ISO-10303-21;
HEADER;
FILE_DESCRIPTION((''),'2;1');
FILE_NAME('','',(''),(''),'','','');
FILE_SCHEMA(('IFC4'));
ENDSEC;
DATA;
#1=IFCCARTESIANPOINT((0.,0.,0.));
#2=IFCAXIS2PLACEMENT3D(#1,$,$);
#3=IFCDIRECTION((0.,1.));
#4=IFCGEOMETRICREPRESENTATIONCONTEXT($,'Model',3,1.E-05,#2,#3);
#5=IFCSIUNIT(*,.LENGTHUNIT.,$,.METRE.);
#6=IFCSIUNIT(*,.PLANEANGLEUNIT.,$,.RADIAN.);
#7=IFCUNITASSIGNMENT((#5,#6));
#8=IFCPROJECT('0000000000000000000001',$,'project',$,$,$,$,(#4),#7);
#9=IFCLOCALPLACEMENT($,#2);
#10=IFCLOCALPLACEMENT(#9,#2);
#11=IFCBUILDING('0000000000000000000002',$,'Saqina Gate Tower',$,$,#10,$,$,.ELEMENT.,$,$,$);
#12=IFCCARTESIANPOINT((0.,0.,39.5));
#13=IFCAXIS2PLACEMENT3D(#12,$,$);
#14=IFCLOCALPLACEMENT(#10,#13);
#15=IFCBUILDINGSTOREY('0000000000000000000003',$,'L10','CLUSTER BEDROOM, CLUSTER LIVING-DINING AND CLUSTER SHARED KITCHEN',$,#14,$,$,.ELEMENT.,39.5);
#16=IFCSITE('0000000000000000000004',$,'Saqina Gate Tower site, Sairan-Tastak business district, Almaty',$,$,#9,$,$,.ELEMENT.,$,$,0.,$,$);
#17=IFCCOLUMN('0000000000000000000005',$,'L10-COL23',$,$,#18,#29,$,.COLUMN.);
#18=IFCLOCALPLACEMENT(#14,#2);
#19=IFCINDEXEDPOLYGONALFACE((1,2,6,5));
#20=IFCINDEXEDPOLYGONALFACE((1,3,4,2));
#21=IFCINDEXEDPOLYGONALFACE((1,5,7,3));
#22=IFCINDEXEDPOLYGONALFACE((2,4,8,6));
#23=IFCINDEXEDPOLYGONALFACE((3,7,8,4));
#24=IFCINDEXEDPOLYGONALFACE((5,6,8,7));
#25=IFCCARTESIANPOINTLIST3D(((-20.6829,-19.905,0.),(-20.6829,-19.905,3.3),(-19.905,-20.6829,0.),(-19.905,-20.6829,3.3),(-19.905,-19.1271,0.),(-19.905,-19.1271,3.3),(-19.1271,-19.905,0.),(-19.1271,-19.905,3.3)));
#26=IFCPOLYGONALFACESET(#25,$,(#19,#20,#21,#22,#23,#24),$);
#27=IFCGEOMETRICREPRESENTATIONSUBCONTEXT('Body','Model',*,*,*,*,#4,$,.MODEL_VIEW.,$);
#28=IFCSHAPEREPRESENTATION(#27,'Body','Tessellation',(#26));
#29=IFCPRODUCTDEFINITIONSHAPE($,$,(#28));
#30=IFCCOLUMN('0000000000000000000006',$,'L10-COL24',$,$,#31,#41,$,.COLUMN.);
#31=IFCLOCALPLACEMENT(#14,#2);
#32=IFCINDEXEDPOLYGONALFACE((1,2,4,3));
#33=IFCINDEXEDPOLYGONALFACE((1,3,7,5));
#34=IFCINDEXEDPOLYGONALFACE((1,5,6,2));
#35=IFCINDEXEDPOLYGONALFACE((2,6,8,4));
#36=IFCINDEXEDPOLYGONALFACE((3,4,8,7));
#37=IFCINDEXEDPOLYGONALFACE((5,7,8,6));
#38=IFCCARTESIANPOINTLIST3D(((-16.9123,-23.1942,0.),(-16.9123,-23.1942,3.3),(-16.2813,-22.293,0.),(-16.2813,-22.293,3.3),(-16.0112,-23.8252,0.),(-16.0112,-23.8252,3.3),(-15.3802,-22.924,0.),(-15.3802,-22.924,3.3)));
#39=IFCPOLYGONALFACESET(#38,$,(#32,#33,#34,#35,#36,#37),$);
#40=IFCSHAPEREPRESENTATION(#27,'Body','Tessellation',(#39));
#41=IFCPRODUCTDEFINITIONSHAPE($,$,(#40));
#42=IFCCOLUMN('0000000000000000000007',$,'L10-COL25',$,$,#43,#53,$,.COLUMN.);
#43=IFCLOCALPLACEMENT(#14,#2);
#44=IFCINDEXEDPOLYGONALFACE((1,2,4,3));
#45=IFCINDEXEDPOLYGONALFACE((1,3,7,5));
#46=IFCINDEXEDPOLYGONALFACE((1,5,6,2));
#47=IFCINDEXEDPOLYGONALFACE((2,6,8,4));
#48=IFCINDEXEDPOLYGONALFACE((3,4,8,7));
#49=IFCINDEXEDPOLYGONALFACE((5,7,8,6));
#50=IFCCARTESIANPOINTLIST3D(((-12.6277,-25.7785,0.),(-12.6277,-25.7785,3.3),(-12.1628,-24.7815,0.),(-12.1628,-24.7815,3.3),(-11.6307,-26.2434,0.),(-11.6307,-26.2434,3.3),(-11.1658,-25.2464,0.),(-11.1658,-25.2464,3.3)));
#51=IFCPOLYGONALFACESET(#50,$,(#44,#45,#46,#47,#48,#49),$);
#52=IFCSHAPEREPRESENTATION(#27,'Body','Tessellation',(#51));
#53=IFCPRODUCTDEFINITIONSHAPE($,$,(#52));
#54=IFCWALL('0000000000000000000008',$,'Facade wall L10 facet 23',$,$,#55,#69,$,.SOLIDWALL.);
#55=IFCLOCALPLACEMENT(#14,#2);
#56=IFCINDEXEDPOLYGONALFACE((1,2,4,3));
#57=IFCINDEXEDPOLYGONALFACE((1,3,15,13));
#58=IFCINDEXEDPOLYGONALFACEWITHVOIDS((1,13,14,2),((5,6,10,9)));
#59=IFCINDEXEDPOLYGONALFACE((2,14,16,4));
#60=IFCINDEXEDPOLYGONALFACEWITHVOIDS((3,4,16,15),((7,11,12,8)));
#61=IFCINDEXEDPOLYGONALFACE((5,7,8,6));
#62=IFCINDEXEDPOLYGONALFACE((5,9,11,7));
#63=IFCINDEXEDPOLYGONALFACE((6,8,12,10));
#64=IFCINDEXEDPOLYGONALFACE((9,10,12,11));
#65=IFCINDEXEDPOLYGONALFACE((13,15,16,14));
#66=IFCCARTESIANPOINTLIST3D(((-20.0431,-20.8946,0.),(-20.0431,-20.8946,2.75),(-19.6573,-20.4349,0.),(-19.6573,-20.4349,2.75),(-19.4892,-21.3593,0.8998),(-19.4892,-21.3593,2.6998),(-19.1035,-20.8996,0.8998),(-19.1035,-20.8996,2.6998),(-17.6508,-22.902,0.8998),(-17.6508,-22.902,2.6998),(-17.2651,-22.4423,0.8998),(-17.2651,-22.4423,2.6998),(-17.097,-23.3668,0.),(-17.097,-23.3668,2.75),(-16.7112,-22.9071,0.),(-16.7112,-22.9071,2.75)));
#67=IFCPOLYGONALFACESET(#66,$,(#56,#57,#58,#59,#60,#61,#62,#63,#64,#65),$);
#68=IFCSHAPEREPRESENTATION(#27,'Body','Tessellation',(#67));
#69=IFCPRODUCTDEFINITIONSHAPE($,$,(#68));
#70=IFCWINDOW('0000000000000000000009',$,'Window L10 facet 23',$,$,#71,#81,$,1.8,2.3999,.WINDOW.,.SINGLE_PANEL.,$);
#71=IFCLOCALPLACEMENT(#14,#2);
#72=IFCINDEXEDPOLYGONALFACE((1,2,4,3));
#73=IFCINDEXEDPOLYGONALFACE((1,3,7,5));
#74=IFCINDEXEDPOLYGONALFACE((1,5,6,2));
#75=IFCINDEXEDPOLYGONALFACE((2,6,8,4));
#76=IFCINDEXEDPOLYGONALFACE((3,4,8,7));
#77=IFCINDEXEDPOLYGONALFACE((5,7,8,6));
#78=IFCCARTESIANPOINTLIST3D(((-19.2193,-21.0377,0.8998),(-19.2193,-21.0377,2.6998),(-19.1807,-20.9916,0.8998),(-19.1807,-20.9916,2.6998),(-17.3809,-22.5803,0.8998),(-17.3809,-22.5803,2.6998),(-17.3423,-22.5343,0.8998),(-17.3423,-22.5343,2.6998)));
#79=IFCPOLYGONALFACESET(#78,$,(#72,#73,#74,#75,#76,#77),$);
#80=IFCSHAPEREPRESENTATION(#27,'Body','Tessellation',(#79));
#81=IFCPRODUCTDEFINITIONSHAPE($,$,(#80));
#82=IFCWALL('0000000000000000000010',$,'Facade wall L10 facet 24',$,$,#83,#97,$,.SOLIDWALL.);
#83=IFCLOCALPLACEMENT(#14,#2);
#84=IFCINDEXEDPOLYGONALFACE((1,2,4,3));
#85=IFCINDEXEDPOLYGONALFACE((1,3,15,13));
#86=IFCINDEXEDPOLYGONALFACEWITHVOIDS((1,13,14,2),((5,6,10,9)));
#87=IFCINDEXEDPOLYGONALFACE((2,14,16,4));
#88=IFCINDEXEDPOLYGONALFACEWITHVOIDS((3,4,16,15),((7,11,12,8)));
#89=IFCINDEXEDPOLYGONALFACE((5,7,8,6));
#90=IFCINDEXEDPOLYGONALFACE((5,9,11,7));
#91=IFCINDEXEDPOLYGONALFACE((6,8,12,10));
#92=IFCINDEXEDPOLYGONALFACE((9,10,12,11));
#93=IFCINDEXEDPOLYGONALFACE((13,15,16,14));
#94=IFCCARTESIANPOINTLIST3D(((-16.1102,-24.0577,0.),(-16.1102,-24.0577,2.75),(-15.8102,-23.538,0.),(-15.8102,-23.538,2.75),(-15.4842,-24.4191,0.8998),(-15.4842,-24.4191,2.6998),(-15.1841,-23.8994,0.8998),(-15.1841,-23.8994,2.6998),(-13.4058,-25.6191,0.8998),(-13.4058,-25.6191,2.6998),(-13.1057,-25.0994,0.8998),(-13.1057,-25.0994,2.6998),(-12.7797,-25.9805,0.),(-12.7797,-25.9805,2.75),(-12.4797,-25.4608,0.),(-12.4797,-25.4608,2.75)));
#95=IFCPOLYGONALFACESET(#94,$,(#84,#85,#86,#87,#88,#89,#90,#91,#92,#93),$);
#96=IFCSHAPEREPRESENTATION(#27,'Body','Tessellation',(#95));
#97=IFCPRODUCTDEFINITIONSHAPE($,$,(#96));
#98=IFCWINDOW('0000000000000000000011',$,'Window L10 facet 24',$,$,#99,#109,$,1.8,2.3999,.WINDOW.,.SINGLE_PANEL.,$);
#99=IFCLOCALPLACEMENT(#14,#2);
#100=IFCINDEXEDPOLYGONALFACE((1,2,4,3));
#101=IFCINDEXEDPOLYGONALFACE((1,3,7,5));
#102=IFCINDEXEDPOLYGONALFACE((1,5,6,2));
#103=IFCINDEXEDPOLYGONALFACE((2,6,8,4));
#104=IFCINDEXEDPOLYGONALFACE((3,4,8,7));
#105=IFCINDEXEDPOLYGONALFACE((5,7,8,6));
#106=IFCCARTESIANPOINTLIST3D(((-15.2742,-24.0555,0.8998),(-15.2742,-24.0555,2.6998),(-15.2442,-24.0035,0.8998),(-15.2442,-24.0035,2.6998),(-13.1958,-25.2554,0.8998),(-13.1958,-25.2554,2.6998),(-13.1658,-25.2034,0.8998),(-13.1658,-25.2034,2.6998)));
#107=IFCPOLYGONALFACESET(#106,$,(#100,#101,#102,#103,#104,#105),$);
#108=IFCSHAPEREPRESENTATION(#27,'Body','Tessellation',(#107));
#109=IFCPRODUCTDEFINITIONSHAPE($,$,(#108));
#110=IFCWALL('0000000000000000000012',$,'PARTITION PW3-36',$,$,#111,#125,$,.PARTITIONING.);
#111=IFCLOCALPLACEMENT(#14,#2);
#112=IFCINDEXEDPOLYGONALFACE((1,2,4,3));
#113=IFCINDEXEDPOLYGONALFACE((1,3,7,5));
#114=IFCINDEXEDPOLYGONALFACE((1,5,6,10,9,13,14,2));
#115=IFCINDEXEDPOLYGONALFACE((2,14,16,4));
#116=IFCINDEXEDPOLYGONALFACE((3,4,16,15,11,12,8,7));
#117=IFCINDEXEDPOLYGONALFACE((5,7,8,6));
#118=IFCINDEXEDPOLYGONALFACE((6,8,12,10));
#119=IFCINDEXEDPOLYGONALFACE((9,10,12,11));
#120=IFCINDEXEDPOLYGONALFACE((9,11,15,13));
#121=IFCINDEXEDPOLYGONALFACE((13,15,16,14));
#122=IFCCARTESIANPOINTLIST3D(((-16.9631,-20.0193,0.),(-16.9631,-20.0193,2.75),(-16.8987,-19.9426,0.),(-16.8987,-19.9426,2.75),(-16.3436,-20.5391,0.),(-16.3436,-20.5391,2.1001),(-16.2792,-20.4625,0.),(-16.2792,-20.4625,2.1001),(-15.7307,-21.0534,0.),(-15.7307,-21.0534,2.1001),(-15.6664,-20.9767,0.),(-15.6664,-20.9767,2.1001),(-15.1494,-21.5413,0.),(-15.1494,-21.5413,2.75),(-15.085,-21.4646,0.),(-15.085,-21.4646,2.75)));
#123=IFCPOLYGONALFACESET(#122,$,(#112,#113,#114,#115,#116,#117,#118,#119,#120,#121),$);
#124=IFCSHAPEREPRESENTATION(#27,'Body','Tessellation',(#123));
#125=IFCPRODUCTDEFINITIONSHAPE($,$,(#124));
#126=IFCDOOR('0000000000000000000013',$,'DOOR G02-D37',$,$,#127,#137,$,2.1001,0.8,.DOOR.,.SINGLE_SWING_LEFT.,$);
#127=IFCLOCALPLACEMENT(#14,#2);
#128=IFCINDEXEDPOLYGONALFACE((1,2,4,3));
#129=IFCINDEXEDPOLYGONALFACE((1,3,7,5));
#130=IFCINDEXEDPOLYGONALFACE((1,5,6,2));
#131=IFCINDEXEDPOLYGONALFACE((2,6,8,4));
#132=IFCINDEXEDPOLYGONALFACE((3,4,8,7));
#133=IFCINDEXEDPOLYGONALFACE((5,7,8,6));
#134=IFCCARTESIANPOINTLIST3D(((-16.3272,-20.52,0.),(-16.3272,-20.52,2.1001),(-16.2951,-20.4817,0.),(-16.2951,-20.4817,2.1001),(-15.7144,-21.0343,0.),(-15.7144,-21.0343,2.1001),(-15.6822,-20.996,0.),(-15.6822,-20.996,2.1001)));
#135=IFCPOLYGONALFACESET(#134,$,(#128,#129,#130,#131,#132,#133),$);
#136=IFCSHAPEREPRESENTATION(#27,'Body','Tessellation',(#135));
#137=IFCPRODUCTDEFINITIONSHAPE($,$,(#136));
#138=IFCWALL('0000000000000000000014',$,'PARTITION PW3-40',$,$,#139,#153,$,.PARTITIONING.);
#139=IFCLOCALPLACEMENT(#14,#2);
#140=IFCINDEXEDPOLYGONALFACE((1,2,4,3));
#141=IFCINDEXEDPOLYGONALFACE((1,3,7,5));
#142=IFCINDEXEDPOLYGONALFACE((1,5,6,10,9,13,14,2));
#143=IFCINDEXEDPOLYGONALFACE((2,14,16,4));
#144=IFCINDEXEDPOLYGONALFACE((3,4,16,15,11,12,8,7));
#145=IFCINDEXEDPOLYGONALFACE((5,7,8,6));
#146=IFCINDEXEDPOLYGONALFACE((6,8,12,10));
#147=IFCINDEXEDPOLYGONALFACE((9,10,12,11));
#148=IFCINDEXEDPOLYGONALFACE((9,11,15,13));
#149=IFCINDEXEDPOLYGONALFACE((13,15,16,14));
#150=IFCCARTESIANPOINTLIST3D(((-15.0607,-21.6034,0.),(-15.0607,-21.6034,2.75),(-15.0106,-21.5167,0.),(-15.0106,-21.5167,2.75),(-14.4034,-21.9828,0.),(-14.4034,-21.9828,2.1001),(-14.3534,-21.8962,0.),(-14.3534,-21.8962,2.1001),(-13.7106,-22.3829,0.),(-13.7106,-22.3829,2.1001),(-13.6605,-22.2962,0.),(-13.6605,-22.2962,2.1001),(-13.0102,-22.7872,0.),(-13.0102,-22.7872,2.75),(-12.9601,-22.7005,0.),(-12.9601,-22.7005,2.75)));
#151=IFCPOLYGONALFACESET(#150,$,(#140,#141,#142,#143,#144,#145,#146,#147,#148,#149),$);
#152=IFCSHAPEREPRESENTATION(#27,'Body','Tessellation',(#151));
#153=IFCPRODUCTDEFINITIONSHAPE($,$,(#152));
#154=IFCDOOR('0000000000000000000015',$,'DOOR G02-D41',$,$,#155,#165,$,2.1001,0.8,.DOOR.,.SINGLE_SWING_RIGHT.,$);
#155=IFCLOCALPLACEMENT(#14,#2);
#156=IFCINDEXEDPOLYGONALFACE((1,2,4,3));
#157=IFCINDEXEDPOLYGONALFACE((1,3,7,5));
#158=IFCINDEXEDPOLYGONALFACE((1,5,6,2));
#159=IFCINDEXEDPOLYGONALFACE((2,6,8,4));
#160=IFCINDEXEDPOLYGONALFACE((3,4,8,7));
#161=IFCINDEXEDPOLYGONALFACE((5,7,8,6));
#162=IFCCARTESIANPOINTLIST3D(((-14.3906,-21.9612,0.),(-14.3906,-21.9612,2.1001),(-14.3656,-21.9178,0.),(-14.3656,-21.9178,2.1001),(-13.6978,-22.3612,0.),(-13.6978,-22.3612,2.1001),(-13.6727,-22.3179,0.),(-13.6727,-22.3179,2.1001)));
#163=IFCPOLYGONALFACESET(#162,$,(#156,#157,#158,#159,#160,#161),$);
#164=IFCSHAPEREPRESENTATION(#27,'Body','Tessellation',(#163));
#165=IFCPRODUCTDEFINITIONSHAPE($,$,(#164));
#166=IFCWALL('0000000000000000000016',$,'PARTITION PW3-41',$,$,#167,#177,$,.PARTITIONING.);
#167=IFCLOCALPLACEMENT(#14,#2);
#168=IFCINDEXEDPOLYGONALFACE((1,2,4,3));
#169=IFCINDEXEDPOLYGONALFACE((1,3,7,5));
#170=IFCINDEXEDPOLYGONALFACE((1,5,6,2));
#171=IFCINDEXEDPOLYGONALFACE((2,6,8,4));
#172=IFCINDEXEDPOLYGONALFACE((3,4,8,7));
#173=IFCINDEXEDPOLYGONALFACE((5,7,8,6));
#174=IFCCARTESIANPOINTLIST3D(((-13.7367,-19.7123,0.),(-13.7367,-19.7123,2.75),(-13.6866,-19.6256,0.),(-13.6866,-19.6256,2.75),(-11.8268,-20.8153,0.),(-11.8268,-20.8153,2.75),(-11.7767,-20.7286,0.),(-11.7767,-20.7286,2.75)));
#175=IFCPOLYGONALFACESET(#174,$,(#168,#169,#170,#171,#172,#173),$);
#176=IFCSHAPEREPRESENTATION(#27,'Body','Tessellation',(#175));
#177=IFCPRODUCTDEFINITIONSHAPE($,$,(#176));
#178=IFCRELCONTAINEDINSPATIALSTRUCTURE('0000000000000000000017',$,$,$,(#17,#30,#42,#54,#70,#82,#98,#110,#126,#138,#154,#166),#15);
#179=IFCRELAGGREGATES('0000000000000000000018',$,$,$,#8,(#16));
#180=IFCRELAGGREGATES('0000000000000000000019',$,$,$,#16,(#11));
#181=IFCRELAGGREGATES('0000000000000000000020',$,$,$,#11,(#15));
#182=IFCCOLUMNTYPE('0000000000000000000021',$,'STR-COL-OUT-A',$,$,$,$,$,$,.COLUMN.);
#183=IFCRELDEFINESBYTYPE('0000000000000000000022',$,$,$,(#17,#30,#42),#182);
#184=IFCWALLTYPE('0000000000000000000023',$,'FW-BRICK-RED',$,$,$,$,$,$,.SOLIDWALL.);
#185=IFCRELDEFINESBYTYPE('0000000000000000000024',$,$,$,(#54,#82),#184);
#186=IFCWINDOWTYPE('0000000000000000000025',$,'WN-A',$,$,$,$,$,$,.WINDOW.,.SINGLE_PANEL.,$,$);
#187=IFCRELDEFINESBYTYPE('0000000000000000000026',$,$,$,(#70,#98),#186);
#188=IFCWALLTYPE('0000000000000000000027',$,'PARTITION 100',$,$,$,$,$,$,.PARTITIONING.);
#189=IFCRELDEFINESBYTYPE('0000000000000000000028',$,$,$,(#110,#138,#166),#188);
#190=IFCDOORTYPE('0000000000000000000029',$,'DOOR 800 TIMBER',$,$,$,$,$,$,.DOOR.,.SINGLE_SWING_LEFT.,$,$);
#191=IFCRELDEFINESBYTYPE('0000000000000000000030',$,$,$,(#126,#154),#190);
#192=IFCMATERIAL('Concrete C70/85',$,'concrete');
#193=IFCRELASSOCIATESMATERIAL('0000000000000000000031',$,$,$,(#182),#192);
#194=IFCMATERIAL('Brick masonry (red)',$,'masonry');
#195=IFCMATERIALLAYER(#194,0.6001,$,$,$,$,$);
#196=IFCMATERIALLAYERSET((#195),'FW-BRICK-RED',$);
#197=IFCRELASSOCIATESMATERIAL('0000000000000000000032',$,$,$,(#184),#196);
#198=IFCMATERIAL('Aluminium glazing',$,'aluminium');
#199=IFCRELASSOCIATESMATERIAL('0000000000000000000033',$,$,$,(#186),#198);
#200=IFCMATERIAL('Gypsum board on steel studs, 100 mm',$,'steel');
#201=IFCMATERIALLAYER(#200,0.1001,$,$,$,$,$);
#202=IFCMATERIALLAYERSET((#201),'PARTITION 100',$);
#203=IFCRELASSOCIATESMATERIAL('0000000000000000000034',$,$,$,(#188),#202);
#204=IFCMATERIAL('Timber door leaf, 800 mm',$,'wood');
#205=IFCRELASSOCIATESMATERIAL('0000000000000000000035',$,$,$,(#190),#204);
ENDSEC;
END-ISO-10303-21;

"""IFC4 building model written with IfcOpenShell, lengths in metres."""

from ifc_helpers import new_model, si_unit, direction, frame, frame_2d, origin, origin_2d, place, context, subcontext, project, spatial, rectangle, extrude, material, layer, layer_set, material_profile, profile_set, type_object, element, fill, save


model = new_model("IFC4")

# Units and contexts
model_context = context("Model", 3, precision=1e-05, world=origin(), true_north=direction((0.0, 1.0)))
body_context = subcontext(model_context, "Body", "Model", "MODEL_VIEW")
ifc_project = project(units=[si_unit("LENGTHUNIT", "METRE"), si_unit("PLANEANGLEUNIT", "RADIAN")], contexts=[model_context])

# Site, building, storey
site_placement = place(None, origin())
site = spatial("IfcSite", under=ifc_project, at=site_placement, Name="Saqina Gate Tower site, Sairan-Tastak business district, Almaty", CompositionType="ELEMENT", RefElevation=0.0)
building_placement = place(site_placement, origin())
building = spatial("IfcBuilding", under=site, at=building_placement, Name="Saqina Gate Tower", CompositionType="ELEMENT")
storey_placement = place(building_placement, frame((0.0, 0.0, 39.5)))
storey = spatial("IfcBuildingStorey", under=building, at=storey_placement, Name="L10", Description="CLUSTER BEDROOM, CLUSTER LIVING-DINING AND CLUSTER SHARED KITCHEN", CompositionType="ELEMENT", Elevation=39.5)

# Columns
ifc_material_1 = material(Name="Concrete C70/85", Category="concrete")
ifc_material_profile = material_profile(ifc_material_1, rectangle(XDim=1.1001, YDim=1.1001, at=origin_2d()), Name="RC 1100x1100")
ifc_profile_set = profile_set([ifc_material_profile], Name="Concrete C70/85")
column_type = type_object("IfcColumnType", Name="STR-COL-OUT-A", PredefinedType="COLUMN", material=ifc_profile_set)
for number, where, z_axis, x_axis, name in (
    (1, (-19.905, -19.905, 0.0), (0.0, 0.0, 1.0), (-0.707107, -0.707107, 0.0), "L10-COL23"),
    (2, (-16.1462, -23.0591, 0.0), (0.0, 0.0, 1.0), (-0.573576, -0.819152, 0.0), "L10-COL24"),
    (3, (-11.8967, -25.5125, 0.0), (0.0, 0.0, 1.0), (-0.422618, -0.906308, 0.0), "L10-COL25"),
):
    element("IfcColumn", number, at=place(storey_placement, frame(where, z_axis=z_axis, x_axis=x_axis)), inside=storey, type_object=column_type, Name=name, PredefinedType="COLUMN", context=body_context, shape_type="SweptSolid", body=[
        extrude(rectangle(XDim=1.1001, YDim=1.1001, at=origin_2d()), origin(), (0.0, 0.0, 1.0), 3.3),
    ])

# Walls, openings, windows
ifc_material_2 = material(Name="Brick masonry (red)", Category="masonry")
ifc_layer_1 = layer(ifc_material_2, 0.6001)
ifc_layer_set_1 = layer_set([ifc_layer_1], Name="FW-BRICK-RED")
wall_type_1 = type_object("IfcWallType", Name="FW-BRICK-RED", PredefinedType="SOLIDWALL", material=ifc_layer_set_1)
wall_1_placement = place(storey_placement, frame((-19.8501, -20.6648, 0.0), z_axis=(0.0, 0.0, 1.0), x_axis=(0.766026, -0.642809, 0.0)))
wall_1 = element("IfcWall", 4, at=wall_1_placement, inside=storey, type_object=wall_type_1, Name="Facade wall L10 facet 23", PredefinedType="SOLIDWALL", context=body_context, shape_type="SweptSolid", body=[
    extrude(rectangle(XDim=3.8459, YDim=0.6001, at=frame_2d((1.9229, 0.0))), origin(), (0.0, 0.0, 1.0), 2.75),
])
opening_1_placement = place(wall_1_placement, frame((0.7229, 0.0, 0.8999)))
opening_1 = element("IfcOpeningElement", 5, at=opening_1_placement, cuts=wall_1, PredefinedType="OPENING", context=body_context, shape_type="SweptSolid", body=[
    extrude(rectangle(XDim=2.3999, YDim=1.8, at=frame_2d((1.2, 0.8999))), frame((0.0, 0.312, 0.0), z_axis=(0.0, -1.0, 0.0), x_axis=(1.0, 0.0, 0.0)), (0.0, 0.0, 1.0), 0.624),
])
ifc_material_3 = material(Name="Aluminium glazing", Category="aluminium")
window_type = type_object("IfcWindowType", Name="WN-A", PartitioningType="SINGLE_PANEL", PredefinedType="WINDOW", material=ifc_material_3)
window_1_placement = place(opening_1_placement, origin())
window_1 = element("IfcWindow", 6, at=window_1_placement, inside=storey, type_object=window_type, Name="Window L10 facet 23", OverallHeight=1.8, OverallWidth=2.3999, PartitioningType="SINGLE_PANEL", PredefinedType="WINDOW", context=body_context, shape_type="SweptSolid", body=[
    extrude(rectangle(XDim=2.3999, YDim=1.8, at=frame_2d((1.2, 0.8999))), frame((0.0, 0.1799, 0.0), z_axis=(0.0, -1.0, 0.0), x_axis=(1.0, 0.0, 0.0)), (0.0, 0.0, 1.0), 0.0601),
])
fill(opening_1, window_1)
wall_2_placement = place(storey_placement, frame((-15.9602, -23.7979, 0.0), z_axis=(0.0, 0.0, 1.0), x_axis=(0.866031, -0.49999, 0.0)))
wall_2 = element("IfcWall", 7, at=wall_2_placement, inside=storey, type_object=wall_type_1, Name="Facade wall L10 facet 24", PredefinedType="SOLIDWALL", context=body_context, shape_type="SweptSolid", body=[
    extrude(rectangle(XDim=3.8457, YDim=0.6001, at=frame_2d((1.9229, 0.0))), origin(), (0.0, 0.0, 1.0), 2.75),
])
opening_2_placement = place(wall_2_placement, frame((0.7229, 0.0, 0.8999)))
opening_2 = element("IfcOpeningElement", 8, at=opening_2_placement, cuts=wall_2, PredefinedType="OPENING", context=body_context, shape_type="SweptSolid", body=[
    extrude(rectangle(XDim=2.3999, YDim=1.8, at=frame_2d((1.2, 0.8999))), frame((0.0, 0.312, 0.0), z_axis=(0.0, -1.0, 0.0), x_axis=(1.0, 0.0, 0.0)), (0.0, 0.0, 1.0), 0.624),
])
window_2_placement = place(opening_2_placement, origin())
window_2 = element("IfcWindow", 9, at=window_2_placement, inside=storey, type_object=window_type, Name="Window L10 facet 24", OverallHeight=1.8, OverallWidth=2.3999, PartitioningType="SINGLE_PANEL", PredefinedType="WINDOW", context=body_context, shape_type="SweptSolid", body=[
    extrude(rectangle(XDim=2.3999, YDim=1.8, at=frame_2d((1.2, 0.8999))), frame((0.0, 0.1799, 0.0), z_axis=(0.0, -1.0, 0.0), x_axis=(1.0, 0.0, 0.0)), (0.0, 0.0, 1.0), 0.0601),
])
fill(opening_2, window_2)

# Walls, openings, doors
ifc_material_4 = material(Name="Gypsum board on steel studs, 100 mm", Category="steel")
ifc_layer_2 = layer(ifc_material_4, 0.1001)
ifc_layer_set_2 = layer_set([ifc_layer_2], Name="PARTITION 100")
wall_type_2 = type_object("IfcWallType", Name="PARTITION 100", PredefinedType="PARTITIONING", material=ifc_layer_set_2)
wall_3_placement = place(storey_placement, frame((-16.9309, -19.981, 0.0), z_axis=(0.0, 0.0, 1.0), x_axis=(0.766028, -0.642808, 0.0)))
wall_3 = element("IfcWall", 10, at=wall_3_placement, inside=storey, type_object=wall_type_2, Name="PARTITION PW3-36", PredefinedType="PARTITIONING", context=body_context, shape_type="SweptSolid", body=[
    extrude(rectangle(XDim=2.3677, YDim=0.1001, at=frame_2d((1.1838, 0.0))), origin(), (0.0, 0.0, 1.0), 2.75),
])
opening_3_placement = place(wall_3_placement, frame((0.8088, 0.0, 0.0)))
opening_3 = element("IfcOpeningElement", 11, at=opening_3_placement, cuts=wall_3, PredefinedType="OPENING", context=body_context, shape_type="SweptSolid", body=[
    extrude(rectangle(XDim=0.8, YDim=2.1001, at=frame_2d((0.3999, 1.05))), frame((0.0, 0.062, 0.0), z_axis=(0.0, -1.0, 0.0), x_axis=(1.0, 0.0, 0.0)), (0.0, 0.0, 1.0), 0.124),
])
ifc_material_5 = material(Name="Timber door leaf, 800 mm", Category="wood")
door_type = type_object("IfcDoorType", Name="DOOR 800 TIMBER", OperationType="SINGLE_SWING_LEFT", PredefinedType="DOOR", material=ifc_material_5)
door_1_placement = place(opening_3_placement, frame((0.8, 0.0, 0.0), z_axis=(0.0, 0.0, 1.0), x_axis=(-1.0, 0.0, 0.0)))
door_1 = element("IfcDoor", 12, at=door_1_placement, inside=storey, type_object=door_type, Name="DOOR G02-D37", OperationType="SINGLE_SWING_LEFT", OverallHeight=2.1001, OverallWidth=0.8, PredefinedType="DOOR", context=body_context, shape_type="SweptSolid", body=[
    extrude(rectangle(XDim=0.8, YDim=2.1001, at=frame_2d((0.3999, 1.05))), frame((0.0, 0.0249, 0.0), z_axis=(0.0, -1.0, 0.0), x_axis=(1.0, 0.0, 0.0)), (0.0, 0.0, 1.0), 0.05),
])
fill(opening_3, door_1)
wall_4_placement = place(storey_placement, frame((-15.0356, -21.5601, 0.0), z_axis=(0.0, 0.0, 1.0), x_axis=(0.866033, -0.499987, 0.0)))
wall_4 = element("IfcWall", 13, at=wall_4_placement, inside=storey, type_object=wall_type_2, Name="PARTITION PW3-40", PredefinedType="PARTITIONING", context=body_context, shape_type="SweptSolid", body=[
    extrude(rectangle(XDim=2.3677, YDim=0.1001, at=frame_2d((1.1838, 0.0))), origin(), (0.0, 0.0, 1.0), 2.75),
])
opening_4_placement = place(wall_4_placement, frame((0.759, 0.0, 0.0)))
opening_4 = element("IfcOpeningElement", 14, at=opening_4_placement, cuts=wall_4, PredefinedType="OPENING", context=body_context, shape_type="SweptSolid", body=[
    extrude(rectangle(XDim=0.8, YDim=2.1001, at=frame_2d((0.3999, 1.05))), frame((0.0, 0.062, 0.0), z_axis=(0.0, -1.0, 0.0), x_axis=(1.0, 0.0, 0.0)), (0.0, 0.0, 1.0), 0.124),
])
door_2_placement = place(opening_4_placement, frame((0.8, 0.0, 0.0), z_axis=(0.0, 0.0, 1.0), x_axis=(-1.0, 0.0, 0.0)))
door_2 = element("IfcDoor", 15, at=door_2_placement, inside=storey, type_object=door_type, Name="DOOR G02-D41", OperationType="SINGLE_SWING_RIGHT", OverallHeight=2.1001, OverallWidth=0.8, PredefinedType="DOOR", context=body_context, shape_type="SweptSolid", body=[
    extrude(rectangle(XDim=0.8, YDim=2.1001, at=frame_2d((0.3999, 1.05))), frame((0.0, 0.0249, 0.0), z_axis=(0.0, -1.0, 0.0), x_axis=(1.0, 0.0, 0.0)), (0.0, 0.0, 1.0), 0.05),
])
fill(opening_4, door_2)

# Wall
wall_5_placement = place(storey_placement, frame((-13.7117, -19.6689, 0.0), z_axis=(0.0, 0.0, 1.0), x_axis=(0.865959, -0.500115, 0.0)))
element("IfcWall", 16, at=wall_5_placement, inside=storey, type_object=wall_type_2, Name="PARTITION PW3-41", PredefinedType="PARTITIONING", context=body_context, shape_type="SweptSolid", body=[
    extrude(rectangle(XDim=2.2056, YDim=0.1001, at=frame_2d((1.1028, 0.0))), origin(), (0.0, 0.0, 1.0), 2.75),
])

save(model, "model.ifc")
